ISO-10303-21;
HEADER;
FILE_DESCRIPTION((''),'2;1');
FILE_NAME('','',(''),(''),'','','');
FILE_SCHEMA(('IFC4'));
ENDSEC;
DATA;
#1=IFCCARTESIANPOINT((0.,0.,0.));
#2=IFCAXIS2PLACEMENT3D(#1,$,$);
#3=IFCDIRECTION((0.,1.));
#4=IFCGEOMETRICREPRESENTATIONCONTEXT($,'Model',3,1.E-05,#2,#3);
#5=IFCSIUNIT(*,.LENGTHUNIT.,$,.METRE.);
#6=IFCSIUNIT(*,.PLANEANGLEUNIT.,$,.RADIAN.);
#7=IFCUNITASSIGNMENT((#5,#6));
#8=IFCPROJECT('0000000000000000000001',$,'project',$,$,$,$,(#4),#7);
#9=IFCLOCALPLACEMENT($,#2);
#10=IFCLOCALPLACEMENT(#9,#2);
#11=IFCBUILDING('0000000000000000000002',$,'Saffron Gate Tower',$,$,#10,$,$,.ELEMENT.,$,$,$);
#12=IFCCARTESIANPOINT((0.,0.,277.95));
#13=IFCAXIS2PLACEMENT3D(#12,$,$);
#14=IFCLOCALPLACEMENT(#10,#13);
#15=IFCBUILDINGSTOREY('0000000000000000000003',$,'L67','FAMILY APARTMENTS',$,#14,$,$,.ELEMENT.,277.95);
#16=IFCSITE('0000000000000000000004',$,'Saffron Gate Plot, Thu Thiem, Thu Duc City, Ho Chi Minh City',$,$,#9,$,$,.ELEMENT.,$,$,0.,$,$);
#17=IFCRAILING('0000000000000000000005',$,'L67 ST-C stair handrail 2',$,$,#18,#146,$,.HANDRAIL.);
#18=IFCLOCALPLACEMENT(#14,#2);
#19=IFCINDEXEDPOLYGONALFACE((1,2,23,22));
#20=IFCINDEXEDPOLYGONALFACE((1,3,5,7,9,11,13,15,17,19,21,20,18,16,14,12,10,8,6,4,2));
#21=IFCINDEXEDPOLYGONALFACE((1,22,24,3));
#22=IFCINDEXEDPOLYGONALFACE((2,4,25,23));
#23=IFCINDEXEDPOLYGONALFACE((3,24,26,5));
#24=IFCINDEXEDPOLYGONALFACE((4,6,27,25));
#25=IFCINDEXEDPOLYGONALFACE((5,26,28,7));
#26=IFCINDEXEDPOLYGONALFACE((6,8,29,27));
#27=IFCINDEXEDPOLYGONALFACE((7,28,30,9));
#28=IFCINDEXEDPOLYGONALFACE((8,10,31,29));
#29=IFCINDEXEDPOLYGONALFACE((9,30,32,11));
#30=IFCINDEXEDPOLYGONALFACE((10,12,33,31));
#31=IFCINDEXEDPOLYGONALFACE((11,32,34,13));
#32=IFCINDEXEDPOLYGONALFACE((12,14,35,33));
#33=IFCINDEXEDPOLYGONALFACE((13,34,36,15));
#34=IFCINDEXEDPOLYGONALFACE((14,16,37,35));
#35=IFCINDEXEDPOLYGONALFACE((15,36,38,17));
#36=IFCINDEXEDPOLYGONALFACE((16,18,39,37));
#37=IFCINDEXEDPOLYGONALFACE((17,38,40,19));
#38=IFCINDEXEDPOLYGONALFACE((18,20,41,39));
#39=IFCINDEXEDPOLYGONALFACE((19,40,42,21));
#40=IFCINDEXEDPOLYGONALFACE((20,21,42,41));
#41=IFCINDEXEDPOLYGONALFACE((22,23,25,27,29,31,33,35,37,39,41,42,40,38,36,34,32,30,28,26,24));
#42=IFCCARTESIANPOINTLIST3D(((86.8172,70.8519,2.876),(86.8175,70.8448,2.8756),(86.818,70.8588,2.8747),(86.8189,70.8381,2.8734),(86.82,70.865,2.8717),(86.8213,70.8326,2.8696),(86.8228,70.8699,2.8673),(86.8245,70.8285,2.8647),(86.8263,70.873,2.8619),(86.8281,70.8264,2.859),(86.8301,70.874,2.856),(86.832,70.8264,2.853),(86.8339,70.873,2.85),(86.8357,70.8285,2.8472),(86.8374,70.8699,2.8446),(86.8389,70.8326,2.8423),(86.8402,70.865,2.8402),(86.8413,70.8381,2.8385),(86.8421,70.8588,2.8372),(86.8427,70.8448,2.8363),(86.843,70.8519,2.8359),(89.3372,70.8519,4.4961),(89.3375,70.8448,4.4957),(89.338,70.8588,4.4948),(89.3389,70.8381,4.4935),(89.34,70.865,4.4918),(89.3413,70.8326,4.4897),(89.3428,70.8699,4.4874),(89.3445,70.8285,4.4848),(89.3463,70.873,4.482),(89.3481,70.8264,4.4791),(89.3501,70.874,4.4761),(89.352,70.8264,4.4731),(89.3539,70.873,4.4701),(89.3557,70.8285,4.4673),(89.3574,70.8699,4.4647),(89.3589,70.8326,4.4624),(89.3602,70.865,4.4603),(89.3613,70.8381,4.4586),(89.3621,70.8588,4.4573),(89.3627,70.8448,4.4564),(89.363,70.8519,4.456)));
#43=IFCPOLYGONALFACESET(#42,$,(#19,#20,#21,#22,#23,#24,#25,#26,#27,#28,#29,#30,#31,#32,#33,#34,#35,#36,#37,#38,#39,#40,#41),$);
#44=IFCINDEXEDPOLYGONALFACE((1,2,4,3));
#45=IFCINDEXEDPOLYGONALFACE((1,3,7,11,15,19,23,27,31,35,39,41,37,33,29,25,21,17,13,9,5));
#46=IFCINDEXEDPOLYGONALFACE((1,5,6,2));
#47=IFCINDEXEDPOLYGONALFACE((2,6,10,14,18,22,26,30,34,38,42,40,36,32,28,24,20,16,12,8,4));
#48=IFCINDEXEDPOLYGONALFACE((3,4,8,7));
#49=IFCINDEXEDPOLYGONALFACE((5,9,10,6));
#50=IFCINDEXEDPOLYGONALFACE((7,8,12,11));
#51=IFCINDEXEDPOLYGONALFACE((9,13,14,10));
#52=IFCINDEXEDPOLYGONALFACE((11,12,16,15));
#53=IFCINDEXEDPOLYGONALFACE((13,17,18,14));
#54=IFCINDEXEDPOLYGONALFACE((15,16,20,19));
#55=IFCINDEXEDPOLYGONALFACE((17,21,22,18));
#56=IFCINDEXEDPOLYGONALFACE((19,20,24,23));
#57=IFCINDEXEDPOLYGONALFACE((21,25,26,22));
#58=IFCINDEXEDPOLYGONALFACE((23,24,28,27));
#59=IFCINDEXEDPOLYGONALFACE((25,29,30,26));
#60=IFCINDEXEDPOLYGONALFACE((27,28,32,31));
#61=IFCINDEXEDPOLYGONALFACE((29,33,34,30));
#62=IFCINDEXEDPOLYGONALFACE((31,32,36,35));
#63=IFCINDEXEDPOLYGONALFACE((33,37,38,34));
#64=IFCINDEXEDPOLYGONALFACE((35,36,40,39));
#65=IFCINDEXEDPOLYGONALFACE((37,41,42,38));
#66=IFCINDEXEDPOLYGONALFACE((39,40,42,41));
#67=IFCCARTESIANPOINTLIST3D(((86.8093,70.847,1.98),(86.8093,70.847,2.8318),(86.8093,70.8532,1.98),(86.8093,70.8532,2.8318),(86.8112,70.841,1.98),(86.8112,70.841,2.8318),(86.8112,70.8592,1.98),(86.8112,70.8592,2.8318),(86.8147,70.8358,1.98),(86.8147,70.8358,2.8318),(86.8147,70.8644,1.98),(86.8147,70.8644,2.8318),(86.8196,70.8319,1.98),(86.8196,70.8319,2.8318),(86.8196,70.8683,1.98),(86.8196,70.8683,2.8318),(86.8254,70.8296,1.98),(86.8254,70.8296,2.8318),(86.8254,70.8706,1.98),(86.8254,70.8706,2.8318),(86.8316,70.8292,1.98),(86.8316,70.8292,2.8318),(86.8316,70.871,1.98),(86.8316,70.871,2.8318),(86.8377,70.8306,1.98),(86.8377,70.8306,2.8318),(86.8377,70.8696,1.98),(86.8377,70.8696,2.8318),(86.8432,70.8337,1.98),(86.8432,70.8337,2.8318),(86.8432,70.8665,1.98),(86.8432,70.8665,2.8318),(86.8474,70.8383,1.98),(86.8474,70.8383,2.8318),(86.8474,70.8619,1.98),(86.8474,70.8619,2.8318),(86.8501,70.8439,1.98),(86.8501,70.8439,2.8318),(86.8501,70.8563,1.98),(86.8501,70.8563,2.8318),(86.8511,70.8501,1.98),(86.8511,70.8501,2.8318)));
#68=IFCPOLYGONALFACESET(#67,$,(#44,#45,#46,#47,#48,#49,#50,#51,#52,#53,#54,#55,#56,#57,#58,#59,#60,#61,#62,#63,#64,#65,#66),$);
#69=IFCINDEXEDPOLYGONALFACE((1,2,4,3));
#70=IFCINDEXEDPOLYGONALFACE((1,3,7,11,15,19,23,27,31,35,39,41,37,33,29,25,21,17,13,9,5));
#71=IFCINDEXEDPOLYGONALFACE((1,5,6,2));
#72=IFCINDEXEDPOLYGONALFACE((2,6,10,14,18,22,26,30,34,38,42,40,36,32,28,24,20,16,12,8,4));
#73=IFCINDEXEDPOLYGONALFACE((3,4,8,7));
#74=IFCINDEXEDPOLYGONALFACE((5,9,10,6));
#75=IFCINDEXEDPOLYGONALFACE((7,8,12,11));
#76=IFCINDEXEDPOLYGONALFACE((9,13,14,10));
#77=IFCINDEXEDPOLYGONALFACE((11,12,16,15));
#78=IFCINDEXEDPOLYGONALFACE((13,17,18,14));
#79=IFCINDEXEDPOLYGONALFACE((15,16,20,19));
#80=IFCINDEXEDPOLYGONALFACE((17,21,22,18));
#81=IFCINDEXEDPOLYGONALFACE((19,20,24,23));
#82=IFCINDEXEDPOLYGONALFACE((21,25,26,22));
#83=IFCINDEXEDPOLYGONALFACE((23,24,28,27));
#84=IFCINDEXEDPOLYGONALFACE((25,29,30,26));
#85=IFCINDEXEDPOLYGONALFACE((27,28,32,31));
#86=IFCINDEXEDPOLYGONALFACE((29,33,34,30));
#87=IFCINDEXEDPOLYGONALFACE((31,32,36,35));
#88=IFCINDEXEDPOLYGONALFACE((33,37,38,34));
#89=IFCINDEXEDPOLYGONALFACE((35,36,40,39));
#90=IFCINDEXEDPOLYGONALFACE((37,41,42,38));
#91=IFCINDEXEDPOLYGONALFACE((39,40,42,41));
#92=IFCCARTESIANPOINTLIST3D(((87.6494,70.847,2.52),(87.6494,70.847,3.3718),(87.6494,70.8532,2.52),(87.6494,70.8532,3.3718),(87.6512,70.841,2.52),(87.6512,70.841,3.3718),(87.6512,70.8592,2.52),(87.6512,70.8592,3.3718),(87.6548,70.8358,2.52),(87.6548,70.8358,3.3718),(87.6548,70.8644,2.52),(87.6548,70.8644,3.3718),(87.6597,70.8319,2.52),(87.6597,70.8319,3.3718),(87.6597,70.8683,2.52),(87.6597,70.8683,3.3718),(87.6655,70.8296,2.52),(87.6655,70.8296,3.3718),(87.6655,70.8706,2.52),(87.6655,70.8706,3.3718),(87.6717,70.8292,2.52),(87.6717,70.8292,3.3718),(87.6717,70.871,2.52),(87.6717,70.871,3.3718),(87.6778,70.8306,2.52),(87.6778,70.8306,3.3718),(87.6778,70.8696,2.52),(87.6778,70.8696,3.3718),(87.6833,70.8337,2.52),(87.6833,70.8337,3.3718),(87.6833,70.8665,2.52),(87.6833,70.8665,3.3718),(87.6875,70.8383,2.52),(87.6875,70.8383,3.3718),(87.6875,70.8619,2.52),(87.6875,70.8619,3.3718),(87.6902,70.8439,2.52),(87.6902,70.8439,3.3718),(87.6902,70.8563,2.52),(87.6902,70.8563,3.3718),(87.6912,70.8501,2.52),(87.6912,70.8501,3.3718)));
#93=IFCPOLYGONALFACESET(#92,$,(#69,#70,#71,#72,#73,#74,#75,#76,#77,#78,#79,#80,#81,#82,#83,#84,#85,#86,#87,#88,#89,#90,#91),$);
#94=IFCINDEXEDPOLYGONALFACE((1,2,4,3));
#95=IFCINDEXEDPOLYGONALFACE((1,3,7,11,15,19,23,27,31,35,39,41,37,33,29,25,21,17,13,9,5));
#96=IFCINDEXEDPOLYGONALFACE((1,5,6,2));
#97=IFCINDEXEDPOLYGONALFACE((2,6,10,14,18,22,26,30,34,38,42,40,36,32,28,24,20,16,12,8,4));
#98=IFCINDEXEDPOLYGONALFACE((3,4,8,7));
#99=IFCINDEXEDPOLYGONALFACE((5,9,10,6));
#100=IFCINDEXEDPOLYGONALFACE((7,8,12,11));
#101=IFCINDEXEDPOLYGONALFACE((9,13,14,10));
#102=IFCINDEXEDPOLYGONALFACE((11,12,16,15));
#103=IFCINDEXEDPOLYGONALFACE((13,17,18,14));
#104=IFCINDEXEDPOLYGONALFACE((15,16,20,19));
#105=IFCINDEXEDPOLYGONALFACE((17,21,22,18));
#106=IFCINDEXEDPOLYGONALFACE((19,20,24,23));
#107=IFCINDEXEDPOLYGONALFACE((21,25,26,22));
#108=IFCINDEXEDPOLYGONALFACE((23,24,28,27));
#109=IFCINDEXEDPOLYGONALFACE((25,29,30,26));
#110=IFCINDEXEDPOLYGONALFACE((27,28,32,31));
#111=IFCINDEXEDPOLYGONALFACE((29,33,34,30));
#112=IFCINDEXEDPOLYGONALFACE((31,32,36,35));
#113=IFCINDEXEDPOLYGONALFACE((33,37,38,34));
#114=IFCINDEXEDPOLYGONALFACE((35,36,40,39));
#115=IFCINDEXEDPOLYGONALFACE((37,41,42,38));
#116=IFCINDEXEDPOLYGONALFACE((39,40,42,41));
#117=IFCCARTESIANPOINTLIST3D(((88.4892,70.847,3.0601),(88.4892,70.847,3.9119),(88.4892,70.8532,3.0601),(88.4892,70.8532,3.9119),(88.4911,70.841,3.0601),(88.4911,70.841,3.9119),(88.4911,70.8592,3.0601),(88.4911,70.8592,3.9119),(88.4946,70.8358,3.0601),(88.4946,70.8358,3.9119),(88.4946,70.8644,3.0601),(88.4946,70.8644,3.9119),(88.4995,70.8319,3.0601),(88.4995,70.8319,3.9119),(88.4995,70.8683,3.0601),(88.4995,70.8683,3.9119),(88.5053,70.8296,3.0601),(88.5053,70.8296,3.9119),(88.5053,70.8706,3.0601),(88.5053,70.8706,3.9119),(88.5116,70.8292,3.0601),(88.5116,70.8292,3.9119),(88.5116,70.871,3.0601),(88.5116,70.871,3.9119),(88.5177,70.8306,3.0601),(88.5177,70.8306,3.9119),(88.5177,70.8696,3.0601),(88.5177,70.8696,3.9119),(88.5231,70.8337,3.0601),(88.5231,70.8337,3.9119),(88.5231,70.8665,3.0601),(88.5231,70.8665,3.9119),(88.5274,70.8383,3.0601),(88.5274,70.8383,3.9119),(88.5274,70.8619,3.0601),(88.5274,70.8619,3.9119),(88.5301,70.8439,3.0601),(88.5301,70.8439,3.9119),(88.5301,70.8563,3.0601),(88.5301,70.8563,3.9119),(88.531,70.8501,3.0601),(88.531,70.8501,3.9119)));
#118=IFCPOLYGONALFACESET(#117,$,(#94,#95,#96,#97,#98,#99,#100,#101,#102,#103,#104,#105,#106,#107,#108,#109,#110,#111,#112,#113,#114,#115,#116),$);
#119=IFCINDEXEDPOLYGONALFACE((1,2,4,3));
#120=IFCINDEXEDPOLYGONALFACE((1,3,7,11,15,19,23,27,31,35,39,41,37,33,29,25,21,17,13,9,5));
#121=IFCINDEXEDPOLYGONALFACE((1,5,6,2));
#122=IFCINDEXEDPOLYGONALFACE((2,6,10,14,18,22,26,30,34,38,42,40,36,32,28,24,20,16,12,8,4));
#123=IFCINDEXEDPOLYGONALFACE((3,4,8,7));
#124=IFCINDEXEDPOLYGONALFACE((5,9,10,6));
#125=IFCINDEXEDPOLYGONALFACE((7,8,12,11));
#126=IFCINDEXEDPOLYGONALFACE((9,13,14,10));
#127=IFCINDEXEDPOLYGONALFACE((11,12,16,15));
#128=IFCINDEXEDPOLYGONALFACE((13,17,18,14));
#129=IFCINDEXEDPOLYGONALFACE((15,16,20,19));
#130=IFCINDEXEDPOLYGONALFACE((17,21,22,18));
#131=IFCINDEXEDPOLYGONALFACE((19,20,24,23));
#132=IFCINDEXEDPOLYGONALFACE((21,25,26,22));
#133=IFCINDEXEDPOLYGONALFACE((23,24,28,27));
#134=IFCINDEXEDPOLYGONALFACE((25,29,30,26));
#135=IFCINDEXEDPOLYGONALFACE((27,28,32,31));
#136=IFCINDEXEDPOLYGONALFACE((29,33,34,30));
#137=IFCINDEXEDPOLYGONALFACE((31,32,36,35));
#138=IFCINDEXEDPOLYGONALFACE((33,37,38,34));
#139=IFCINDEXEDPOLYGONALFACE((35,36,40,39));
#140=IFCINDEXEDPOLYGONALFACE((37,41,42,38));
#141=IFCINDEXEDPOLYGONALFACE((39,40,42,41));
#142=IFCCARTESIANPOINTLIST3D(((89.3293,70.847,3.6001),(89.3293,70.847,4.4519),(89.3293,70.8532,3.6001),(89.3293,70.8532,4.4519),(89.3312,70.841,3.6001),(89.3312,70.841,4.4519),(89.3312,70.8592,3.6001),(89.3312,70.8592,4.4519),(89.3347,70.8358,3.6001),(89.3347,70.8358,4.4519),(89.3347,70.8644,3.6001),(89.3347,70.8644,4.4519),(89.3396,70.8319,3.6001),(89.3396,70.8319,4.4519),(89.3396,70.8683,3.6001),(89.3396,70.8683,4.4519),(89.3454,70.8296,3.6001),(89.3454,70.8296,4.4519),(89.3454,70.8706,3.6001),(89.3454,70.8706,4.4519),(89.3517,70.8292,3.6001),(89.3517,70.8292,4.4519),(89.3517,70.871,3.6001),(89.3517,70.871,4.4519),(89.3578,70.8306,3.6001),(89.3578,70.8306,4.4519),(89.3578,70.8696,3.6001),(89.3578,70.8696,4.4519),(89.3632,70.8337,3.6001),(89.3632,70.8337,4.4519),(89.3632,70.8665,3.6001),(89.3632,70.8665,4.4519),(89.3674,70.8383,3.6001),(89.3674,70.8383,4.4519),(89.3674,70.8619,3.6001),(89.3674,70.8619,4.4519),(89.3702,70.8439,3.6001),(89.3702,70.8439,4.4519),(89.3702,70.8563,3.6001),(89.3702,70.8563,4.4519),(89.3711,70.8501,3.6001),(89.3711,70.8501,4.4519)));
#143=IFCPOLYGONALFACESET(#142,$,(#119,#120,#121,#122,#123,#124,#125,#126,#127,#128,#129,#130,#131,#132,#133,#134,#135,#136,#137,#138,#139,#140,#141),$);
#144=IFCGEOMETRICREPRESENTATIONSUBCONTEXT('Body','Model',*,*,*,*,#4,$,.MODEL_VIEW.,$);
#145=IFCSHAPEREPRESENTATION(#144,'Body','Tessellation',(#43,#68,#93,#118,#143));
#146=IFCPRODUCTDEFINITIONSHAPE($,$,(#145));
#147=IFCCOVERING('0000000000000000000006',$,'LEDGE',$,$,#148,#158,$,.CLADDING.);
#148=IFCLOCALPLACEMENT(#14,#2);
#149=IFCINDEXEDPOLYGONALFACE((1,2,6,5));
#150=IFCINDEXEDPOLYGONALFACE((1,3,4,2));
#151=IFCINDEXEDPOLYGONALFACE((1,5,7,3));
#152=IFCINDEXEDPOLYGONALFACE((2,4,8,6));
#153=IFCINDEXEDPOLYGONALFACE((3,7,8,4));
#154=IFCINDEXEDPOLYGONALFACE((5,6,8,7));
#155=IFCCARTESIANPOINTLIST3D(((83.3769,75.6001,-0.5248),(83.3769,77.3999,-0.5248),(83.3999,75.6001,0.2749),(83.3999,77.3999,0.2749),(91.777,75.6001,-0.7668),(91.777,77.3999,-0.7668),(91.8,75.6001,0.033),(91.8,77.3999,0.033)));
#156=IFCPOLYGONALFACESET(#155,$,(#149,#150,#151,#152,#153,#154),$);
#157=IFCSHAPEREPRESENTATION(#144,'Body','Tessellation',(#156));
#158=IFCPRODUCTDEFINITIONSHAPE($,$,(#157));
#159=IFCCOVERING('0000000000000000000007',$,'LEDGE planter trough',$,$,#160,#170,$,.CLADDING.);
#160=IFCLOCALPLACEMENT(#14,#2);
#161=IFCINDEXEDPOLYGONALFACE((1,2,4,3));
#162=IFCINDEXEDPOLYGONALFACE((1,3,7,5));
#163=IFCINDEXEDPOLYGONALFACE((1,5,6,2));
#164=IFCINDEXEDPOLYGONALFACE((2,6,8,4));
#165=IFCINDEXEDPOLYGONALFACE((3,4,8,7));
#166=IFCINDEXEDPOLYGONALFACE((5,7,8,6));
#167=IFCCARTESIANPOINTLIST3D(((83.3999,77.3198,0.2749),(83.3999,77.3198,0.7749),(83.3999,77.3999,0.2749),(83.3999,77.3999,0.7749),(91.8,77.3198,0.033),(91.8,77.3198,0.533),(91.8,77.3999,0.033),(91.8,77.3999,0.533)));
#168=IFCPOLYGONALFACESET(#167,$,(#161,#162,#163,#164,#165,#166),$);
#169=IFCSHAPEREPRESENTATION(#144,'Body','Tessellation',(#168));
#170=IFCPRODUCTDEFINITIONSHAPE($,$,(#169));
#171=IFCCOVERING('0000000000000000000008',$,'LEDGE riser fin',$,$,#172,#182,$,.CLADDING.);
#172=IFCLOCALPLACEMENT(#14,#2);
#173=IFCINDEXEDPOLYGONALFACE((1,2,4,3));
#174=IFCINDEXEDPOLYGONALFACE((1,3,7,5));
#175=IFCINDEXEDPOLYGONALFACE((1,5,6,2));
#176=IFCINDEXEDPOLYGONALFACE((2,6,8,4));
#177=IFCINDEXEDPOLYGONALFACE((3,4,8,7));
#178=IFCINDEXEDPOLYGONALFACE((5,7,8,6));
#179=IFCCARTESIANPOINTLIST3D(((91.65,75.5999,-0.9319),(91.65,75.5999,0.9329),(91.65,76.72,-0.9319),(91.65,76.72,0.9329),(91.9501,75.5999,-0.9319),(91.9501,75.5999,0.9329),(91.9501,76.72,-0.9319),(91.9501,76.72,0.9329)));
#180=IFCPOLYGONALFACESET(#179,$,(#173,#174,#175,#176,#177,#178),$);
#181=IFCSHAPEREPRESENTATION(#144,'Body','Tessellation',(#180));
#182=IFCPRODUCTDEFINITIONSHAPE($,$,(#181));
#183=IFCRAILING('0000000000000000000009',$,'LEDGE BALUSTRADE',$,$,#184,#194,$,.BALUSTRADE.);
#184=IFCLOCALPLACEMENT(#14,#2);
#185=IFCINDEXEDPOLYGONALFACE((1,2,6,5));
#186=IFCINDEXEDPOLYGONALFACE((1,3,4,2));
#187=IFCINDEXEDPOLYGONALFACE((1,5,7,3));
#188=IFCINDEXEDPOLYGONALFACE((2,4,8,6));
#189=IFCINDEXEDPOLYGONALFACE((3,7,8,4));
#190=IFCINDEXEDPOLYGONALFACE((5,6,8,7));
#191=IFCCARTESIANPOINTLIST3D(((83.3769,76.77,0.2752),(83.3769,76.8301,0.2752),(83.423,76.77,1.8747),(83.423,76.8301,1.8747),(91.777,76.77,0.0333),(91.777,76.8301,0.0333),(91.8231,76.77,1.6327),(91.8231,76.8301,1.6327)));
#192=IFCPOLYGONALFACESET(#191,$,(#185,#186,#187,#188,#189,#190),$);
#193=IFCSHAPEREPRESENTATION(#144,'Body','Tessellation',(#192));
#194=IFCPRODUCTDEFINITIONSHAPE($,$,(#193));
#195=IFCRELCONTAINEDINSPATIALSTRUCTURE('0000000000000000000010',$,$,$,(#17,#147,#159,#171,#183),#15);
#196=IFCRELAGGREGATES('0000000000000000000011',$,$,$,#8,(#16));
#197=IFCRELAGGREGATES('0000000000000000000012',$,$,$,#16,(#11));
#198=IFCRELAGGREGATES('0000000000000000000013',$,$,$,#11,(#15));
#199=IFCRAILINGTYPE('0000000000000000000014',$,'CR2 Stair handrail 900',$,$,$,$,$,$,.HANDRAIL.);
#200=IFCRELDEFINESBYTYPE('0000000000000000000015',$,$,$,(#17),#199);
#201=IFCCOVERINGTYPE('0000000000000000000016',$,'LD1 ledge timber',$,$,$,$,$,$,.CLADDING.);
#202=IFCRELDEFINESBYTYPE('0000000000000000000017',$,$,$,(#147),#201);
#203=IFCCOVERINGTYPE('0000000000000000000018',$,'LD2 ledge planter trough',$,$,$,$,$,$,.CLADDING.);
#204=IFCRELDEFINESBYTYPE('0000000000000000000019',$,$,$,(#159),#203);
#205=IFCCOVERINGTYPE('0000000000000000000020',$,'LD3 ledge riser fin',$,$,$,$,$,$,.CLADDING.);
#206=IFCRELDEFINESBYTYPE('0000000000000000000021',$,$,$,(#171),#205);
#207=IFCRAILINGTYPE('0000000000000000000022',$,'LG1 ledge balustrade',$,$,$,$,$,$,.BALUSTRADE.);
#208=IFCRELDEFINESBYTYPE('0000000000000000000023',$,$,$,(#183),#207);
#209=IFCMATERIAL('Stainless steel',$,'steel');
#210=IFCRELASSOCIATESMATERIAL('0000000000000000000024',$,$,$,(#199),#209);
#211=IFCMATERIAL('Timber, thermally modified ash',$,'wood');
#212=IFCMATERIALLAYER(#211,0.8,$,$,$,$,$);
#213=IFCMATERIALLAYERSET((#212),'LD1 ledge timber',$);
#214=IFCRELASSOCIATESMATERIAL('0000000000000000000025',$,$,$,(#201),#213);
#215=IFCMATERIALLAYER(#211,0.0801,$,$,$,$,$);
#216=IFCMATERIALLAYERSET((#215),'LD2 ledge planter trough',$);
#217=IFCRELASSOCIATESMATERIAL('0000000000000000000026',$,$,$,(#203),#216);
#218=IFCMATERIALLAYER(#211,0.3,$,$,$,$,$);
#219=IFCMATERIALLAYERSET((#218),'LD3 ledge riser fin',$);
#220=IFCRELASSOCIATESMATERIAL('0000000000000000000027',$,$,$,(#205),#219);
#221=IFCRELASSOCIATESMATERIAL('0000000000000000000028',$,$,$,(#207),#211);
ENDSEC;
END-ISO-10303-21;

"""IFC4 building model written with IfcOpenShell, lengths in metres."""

from ifc_helpers import new_model, si_unit, direction, frame, origin, origin_2d, place, context, subcontext, project, spatial, polyline, rectangle, circle, outline, extrude, material, layer, layer_set, type_object, element, save


model = new_model("IFC4")

# Units and contexts
model_context = context("Model", 3, precision=1e-05, world=origin(), true_north=direction((0.0, 1.0)))
body_context = subcontext(model_context, "Body", "Model", "MODEL_VIEW")
ifc_project = project(units=[si_unit("LENGTHUNIT", "METRE"), si_unit("PLANEANGLEUNIT", "RADIAN")], contexts=[model_context])

# Site, building, storey
site_placement = place(None, origin())
site = spatial("IfcSite", under=ifc_project, at=site_placement, Name="Saffron Gate Plot, Thu Thiem, Thu Duc City, Ho Chi Minh City", CompositionType="ELEMENT", RefElevation=0.0)
building_placement = place(site_placement, origin())
building = spatial("IfcBuilding", under=site, at=building_placement, Name="Saffron Gate Tower", CompositionType="ELEMENT")
storey_placement = place(building_placement, frame((0.0, 0.0, 277.95)))
storey = spatial("IfcBuildingStorey", under=building, at=storey_placement, Name="L67", Description="FAMILY APARTMENTS", CompositionType="ELEMENT", Elevation=277.95)

# Railing
ifc_material_1 = material(Name="Stainless steel", Category="steel")
railing_type_1 = type_object("IfcRailingType", Name="CR2 Stair handrail 900", PredefinedType="HANDRAIL", material=ifc_material_1)
railing_1_placement = place(storey_placement, frame((86.8301, 70.8501, 1.98)))
element("IfcRailing", 1, at=railing_1_placement, inside=storey, type_object=railing_type_1, Name="L67 ST-C stair handrail 2", PredefinedType="HANDRAIL", context=body_context, shape_type="SweptSolid", body=[
    extrude(circle(Radius=0.0239, at=origin_2d()), frame((0.0, 0.0, 0.876), z_axis=(0.841163, 0.0, 0.540782), x_axis=(0.0, 1.0, 0.0)), (0.0, 0.0, 1.0), 2.9958),
    extrude(circle(Radius=0.021, at=origin_2d()), origin(), (0.0, 0.0, 1.0), 0.8518),
    extrude(circle(Radius=0.021, at=origin_2d()), frame((0.8401, 0.0, 0.54)), (0.0, 0.0, 1.0), 0.8518),
    extrude(circle(Radius=0.021, at=origin_2d()), frame((1.6799, 0.0, 1.0801)), (0.0, 0.0, 1.0), 0.8518),
    extrude(circle(Radius=0.021, at=origin_2d()), frame((2.52, 0.0, 1.6201)), (0.0, 0.0, 1.0), 0.8518),
])

# Coverings
ifc_material_2 = material(Name="Timber, thermally modified ash", Category="wood")
ifc_layer_1 = layer(ifc_material_2, 0.8)
ifc_layer_set_1 = layer_set([ifc_layer_1], Name="LD1 ledge timber")
covering_type_1 = type_object("IfcCoveringType", Name="LD1 ledge timber", PredefinedType="CLADDING", material=ifc_layer_set_1)
covering_1_placement = place(storey_placement, frame((91.8, 75.6001, 0.033), z_axis=(0.02879, 0.0, 0.999585), x_axis=(-0.999585, 0.0, 0.02879)))
element("IfcCovering", 2, at=covering_1_placement, inside=storey, type_object=covering_type_1, Name="LEDGE", PredefinedType="CLADDING", context=body_context, shape_type="SweptSolid", body=[
    extrude(outline(polyline([(0.0, 0.0), (8.4036, 0.0), (8.4036, -1.7998), (0.0, -1.7998), (0.0, 0.0)])), origin(), (0.0, 0.0, -1.0), 0.8),
])
ifc_layer_2 = layer(ifc_material_2, 0.0801)
ifc_layer_set_2 = layer_set([ifc_layer_2], Name="LD2 ledge planter trough")
covering_type_2 = type_object("IfcCoveringType", Name="LD2 ledge planter trough", PredefinedType="CLADDING", material=ifc_layer_set_2)
covering_2_placement = place(storey_placement, frame((91.8, 77.3999, 0.033), z_axis=(0.0, 1.0, 0.0), x_axis=(-0.999585, 0.0, 0.02879)))
element("IfcCovering", 3, at=covering_2_placement, inside=storey, type_object=covering_type_2, Name="LEDGE planter trough", PredefinedType="CLADDING", context=body_context, shape_type="SweptSolid", body=[
    extrude(outline(polyline([(0.0, 0.0), (8.4036, 0.0), (8.418, 0.4998), (0.0144, 0.4998), (0.0, 0.0)])), origin(), (0.0, 0.0, -1.0), 0.0801),
])
ifc_layer_3 = layer(ifc_material_2, 0.3)
ifc_layer_set_3 = layer_set([ifc_layer_3], Name="LD3 ledge riser fin")
covering_type_3 = type_object("IfcCoveringType", Name="LD3 ledge riser fin", PredefinedType="CLADDING", material=ifc_layer_set_3)
covering_3_placement = place(storey_placement, frame((91.8, 76.1599, -0.9319), z_axis=(0.0, 0.0, 1.0), x_axis=(-1.0, 0.0, 0.0)))
element("IfcCovering", 4, at=covering_3_placement, inside=storey, type_object=covering_type_3, Name="LEDGE riser fin", PredefinedType="CLADDING", context=body_context, shape_type="SweptSolid", body=[
    extrude(rectangle(XDim=0.3, YDim=1.1201, at=origin_2d()), origin(), (0.0, 0.0, 1.0), 1.8647),
])

# Railing
railing_type_2 = type_object("IfcRailingType", Name="LG1 ledge balustrade", PredefinedType="BALUSTRADE", material=ifc_material_2)
railing_2_placement = place(storey_placement, frame((91.8, 76.8, 0.033)))
element("IfcRailing", 5, at=railing_2_placement, inside=storey, type_object=railing_type_2, Name="LEDGE BALUSTRADE", PredefinedType="BALUSTRADE", context=body_context, shape_type="SweptSolid", body=[
    extrude(rectangle(XDim=0.0601, YDim=1.6001, at=origin_2d()), frame((0.0, 0.0, 0.8), z_axis=(-0.999585, 0.0, 0.02879), x_axis=(0.0, -1.0, 0.0)), (0.0, 0.0, 1.0), 8.4036),
])

save(model, "model.ifc")
